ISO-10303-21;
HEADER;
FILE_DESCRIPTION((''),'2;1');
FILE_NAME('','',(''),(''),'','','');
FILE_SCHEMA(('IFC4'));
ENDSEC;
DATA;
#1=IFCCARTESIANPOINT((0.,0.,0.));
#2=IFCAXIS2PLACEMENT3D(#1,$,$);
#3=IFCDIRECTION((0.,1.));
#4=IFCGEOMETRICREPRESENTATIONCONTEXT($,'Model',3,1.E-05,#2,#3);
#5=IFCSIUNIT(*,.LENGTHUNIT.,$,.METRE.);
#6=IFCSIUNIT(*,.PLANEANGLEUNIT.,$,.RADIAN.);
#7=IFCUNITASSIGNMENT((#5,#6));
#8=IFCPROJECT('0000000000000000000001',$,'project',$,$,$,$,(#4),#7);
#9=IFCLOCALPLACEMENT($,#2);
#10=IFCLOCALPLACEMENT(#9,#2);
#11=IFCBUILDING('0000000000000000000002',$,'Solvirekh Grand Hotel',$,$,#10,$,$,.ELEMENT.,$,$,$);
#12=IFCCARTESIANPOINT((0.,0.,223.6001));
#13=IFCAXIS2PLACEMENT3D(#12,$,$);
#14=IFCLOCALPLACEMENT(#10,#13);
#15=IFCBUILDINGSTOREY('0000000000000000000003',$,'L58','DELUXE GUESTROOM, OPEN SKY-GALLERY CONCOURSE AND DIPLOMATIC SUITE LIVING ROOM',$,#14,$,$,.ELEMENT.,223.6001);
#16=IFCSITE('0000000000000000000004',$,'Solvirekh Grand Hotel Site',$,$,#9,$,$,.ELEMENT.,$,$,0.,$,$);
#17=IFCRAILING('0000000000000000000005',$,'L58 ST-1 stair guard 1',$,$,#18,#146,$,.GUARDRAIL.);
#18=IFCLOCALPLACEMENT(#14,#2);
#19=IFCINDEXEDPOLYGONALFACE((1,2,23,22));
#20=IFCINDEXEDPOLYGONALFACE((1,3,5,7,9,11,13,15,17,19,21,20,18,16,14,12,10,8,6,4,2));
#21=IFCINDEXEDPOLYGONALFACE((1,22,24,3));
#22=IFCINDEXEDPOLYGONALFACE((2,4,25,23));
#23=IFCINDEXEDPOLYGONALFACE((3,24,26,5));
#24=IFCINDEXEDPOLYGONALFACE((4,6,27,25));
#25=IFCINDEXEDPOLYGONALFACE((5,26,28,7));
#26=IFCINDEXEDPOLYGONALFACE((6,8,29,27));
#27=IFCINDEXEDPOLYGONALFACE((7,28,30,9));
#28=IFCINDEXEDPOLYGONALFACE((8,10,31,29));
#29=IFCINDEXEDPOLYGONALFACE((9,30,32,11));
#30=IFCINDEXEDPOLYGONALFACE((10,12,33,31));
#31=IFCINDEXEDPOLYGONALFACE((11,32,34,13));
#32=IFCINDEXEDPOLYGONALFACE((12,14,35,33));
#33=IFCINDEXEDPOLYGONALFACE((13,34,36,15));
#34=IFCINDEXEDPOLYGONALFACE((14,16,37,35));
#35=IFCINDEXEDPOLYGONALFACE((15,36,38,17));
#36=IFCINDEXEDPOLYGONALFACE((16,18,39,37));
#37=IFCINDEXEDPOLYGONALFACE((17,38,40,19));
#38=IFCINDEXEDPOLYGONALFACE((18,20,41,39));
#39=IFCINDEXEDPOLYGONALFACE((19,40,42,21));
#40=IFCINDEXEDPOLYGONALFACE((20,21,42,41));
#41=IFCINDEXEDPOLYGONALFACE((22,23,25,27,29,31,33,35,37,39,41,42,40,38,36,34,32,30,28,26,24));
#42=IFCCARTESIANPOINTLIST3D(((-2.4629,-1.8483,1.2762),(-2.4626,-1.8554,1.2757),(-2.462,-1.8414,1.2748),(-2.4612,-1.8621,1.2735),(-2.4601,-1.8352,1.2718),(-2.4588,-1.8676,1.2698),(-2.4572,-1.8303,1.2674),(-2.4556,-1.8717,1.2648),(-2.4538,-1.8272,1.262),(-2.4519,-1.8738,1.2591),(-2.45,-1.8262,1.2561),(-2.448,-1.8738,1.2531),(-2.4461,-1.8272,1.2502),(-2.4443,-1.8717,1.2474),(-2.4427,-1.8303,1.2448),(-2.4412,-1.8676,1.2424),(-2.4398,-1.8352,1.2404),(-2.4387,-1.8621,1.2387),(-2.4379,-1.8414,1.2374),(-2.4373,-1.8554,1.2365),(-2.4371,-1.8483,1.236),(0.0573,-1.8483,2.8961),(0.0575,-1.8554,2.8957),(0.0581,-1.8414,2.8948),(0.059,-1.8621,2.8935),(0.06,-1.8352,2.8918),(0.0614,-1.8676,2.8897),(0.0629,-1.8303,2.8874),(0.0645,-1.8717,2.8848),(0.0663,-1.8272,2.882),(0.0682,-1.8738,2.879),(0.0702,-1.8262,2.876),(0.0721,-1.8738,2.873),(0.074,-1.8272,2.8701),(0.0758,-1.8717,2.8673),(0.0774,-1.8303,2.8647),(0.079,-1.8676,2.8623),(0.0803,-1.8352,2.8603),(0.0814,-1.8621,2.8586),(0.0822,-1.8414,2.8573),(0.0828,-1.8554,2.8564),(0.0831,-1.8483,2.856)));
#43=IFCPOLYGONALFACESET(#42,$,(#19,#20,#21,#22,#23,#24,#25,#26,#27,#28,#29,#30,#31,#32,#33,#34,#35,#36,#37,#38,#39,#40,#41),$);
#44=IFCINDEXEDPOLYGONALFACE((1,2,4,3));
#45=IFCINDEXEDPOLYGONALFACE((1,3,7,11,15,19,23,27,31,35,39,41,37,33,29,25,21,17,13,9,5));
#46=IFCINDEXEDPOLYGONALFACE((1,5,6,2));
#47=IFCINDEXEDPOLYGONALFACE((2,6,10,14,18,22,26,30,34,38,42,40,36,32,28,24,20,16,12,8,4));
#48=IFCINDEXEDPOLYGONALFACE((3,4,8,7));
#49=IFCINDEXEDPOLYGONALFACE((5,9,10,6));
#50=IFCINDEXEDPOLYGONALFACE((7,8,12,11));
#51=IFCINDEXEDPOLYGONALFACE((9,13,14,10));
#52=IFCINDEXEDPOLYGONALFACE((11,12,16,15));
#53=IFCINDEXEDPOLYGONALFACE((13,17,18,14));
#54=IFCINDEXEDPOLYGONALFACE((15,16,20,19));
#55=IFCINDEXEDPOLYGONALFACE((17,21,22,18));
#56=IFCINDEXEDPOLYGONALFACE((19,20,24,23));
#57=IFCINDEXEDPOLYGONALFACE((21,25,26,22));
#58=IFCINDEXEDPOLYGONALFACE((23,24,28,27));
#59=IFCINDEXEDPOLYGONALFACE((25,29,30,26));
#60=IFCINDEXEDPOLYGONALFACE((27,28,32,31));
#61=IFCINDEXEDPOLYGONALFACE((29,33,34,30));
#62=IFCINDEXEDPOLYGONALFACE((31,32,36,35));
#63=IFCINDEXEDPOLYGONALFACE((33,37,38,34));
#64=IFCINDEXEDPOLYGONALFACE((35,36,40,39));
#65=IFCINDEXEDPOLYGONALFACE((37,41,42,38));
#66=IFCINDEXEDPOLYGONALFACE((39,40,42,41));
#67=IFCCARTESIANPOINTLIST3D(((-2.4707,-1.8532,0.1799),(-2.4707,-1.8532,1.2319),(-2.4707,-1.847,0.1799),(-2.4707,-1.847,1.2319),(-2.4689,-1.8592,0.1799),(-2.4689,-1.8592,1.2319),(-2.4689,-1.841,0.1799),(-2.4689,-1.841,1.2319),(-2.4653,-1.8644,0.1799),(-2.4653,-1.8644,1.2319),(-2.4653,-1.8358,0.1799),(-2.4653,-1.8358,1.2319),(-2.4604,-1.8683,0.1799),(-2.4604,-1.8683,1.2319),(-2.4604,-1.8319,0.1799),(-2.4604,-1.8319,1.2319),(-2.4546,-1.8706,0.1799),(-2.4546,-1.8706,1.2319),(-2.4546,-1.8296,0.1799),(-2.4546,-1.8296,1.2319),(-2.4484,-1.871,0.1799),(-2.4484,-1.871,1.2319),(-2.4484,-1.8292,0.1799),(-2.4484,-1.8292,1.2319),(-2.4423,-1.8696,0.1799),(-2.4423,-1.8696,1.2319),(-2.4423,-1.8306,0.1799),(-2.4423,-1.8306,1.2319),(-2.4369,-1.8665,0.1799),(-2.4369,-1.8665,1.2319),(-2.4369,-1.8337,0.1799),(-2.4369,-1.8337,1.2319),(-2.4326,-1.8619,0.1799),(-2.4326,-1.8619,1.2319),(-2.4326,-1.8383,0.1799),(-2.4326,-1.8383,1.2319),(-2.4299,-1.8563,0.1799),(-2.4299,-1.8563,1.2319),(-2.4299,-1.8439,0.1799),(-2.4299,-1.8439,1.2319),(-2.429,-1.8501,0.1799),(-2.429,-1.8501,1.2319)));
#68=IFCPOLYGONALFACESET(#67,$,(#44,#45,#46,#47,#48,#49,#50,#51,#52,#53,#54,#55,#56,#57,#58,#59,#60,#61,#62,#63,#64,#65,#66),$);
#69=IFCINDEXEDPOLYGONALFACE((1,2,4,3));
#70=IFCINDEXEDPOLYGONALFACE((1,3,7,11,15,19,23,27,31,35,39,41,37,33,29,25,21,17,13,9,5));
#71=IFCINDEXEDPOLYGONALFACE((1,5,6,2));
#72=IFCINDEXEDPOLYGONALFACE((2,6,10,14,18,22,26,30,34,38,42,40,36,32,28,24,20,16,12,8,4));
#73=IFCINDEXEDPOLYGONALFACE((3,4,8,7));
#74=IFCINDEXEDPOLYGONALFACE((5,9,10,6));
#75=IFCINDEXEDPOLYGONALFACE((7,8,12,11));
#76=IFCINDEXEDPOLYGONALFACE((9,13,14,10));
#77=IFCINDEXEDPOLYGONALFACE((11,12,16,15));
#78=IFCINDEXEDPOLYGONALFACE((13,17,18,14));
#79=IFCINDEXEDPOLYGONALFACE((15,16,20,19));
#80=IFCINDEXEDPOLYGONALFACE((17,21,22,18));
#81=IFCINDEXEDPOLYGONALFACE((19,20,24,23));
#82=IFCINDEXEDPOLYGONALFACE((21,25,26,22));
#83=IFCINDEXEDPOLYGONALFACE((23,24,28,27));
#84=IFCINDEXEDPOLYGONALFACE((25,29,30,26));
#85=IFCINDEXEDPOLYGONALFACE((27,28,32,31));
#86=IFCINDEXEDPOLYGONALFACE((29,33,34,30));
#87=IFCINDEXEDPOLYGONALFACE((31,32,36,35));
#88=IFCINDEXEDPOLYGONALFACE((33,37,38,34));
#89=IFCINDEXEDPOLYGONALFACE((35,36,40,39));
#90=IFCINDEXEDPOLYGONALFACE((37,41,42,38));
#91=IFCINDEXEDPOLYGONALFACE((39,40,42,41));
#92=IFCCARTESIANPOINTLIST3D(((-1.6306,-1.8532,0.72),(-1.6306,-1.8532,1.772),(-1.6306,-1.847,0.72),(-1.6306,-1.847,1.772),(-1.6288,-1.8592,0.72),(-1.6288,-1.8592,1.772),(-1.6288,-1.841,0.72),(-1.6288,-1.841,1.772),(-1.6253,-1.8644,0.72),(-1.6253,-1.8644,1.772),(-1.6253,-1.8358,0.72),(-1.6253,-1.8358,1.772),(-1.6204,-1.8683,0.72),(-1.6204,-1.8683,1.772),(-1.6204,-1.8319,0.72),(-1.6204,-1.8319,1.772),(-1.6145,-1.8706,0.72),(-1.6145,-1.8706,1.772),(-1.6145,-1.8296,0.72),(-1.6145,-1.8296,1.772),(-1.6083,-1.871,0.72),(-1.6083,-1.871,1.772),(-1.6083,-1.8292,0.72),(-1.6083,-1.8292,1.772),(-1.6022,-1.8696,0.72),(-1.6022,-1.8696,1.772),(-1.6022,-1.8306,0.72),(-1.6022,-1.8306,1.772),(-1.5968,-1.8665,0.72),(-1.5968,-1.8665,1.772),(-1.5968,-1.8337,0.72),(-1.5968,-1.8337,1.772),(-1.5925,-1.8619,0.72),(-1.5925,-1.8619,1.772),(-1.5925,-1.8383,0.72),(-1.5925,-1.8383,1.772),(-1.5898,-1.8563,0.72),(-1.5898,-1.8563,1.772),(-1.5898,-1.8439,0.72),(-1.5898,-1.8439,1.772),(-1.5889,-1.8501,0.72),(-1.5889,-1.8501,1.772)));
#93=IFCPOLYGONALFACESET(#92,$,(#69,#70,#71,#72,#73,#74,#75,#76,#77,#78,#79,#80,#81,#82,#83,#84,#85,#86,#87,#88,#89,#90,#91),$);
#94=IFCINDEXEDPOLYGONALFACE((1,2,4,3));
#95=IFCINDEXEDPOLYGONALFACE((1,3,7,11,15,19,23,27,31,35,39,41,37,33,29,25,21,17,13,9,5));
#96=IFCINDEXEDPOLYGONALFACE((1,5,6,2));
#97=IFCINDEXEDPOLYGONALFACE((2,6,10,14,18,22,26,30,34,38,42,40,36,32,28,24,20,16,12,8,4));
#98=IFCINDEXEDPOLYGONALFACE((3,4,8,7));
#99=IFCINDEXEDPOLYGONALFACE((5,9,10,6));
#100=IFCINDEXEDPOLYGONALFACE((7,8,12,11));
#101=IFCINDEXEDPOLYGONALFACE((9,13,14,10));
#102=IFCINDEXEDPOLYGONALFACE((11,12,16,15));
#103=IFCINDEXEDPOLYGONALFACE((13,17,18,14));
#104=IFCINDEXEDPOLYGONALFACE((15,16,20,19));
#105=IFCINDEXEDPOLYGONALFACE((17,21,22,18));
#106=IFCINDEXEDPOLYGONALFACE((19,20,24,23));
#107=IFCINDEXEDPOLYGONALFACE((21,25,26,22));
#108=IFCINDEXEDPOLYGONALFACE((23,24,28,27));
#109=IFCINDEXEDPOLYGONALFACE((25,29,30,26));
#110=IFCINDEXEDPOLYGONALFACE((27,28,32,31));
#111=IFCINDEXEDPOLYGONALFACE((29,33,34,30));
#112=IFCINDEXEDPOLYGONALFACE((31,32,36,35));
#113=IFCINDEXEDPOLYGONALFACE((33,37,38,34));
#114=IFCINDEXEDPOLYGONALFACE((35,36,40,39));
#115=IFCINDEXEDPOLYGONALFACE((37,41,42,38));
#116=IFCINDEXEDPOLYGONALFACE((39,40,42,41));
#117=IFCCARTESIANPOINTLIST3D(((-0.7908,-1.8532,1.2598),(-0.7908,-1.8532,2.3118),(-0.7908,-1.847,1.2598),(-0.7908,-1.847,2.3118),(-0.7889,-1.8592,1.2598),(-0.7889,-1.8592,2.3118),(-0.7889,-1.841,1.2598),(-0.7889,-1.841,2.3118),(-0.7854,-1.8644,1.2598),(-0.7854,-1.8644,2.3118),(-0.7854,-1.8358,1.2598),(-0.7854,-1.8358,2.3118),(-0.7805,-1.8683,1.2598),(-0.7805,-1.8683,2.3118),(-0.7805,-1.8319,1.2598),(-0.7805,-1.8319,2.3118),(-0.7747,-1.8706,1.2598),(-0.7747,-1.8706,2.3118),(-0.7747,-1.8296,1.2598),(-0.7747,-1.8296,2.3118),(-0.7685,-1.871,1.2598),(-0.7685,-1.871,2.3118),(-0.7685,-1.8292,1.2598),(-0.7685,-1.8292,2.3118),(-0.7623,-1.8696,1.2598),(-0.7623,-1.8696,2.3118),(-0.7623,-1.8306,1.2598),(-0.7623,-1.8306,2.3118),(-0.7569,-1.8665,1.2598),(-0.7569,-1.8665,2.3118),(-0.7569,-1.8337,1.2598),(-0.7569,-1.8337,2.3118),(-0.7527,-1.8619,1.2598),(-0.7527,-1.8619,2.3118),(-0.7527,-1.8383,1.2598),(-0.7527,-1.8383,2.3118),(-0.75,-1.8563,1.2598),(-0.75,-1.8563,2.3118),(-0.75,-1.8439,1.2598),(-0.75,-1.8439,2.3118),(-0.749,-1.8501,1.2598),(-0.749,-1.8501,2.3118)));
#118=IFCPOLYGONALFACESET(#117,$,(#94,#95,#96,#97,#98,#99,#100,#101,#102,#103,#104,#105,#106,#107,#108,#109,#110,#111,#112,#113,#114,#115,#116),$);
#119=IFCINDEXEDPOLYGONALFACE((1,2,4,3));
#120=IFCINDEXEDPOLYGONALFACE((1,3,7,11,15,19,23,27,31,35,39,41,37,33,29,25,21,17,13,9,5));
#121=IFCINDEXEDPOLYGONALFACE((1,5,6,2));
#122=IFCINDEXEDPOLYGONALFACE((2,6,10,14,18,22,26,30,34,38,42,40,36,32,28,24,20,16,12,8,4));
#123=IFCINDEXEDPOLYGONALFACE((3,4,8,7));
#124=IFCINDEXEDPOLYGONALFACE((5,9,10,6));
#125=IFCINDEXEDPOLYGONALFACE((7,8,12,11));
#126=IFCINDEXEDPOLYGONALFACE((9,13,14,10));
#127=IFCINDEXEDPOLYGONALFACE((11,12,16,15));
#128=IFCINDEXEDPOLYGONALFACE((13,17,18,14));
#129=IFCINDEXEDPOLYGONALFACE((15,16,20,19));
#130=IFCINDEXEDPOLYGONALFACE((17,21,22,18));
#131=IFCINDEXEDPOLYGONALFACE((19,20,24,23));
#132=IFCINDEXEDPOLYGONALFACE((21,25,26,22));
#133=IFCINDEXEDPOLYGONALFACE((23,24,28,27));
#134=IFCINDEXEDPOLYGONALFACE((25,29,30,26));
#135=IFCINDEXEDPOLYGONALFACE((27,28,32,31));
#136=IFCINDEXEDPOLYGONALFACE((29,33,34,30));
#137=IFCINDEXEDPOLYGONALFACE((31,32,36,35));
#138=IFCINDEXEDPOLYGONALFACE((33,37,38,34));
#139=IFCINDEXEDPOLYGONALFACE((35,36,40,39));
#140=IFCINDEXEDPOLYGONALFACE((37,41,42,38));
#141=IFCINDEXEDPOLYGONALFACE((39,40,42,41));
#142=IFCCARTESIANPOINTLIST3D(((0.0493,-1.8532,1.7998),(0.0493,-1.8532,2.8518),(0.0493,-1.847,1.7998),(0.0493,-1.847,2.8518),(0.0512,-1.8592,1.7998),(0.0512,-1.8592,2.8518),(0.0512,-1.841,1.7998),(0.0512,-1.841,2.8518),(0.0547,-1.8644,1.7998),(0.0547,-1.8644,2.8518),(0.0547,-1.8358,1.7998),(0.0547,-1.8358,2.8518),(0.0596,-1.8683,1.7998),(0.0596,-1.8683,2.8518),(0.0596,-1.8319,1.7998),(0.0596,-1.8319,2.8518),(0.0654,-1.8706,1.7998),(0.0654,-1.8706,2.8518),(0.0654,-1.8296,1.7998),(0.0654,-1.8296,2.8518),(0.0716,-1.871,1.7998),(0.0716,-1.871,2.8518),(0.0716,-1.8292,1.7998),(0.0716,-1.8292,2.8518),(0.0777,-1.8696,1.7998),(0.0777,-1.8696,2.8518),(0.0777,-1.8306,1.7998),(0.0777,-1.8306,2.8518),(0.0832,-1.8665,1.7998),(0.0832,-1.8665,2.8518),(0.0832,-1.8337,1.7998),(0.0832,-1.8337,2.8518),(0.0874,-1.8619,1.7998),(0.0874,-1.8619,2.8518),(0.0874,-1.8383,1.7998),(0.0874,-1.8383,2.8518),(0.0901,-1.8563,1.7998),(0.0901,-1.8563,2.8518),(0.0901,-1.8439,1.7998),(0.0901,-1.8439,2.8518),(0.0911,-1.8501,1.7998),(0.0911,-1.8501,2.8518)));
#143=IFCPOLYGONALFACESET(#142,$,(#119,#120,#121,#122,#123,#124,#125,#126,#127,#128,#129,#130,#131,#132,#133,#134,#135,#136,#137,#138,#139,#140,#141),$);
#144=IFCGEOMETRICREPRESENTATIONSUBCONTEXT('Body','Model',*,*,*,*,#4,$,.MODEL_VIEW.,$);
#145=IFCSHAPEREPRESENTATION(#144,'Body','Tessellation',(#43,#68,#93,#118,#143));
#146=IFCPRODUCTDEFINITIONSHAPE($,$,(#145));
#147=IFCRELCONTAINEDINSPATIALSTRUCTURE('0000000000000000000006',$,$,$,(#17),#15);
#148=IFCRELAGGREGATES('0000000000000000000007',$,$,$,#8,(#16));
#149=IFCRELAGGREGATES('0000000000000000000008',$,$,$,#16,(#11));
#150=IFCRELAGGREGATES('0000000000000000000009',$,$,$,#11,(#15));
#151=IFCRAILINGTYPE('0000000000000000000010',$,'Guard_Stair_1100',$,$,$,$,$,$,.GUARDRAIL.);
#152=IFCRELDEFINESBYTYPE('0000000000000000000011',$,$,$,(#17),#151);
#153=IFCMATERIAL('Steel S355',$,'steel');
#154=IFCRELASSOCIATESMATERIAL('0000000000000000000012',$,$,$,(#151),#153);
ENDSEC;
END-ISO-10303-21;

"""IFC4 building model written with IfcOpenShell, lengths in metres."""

from ifc_helpers import new_model, si_unit, direction, frame, origin, origin_2d, place, context, subcontext, project, spatial, circle, extrude, material, type_object, element, save


model = new_model("IFC4")

# Units and contexts
model_context = context("Model", 3, precision=1e-05, world=origin(), true_north=direction((0.0, 1.0)))
body_context = subcontext(model_context, "Body", "Model", "MODEL_VIEW")
ifc_project = project(units=[si_unit("LENGTHUNIT", "METRE"), si_unit("PLANEANGLEUNIT", "RADIAN")], contexts=[model_context])

# Site, building, storey
site_placement = place(None, origin())
site = spatial("IfcSite", under=ifc_project, at=site_placement, Name="Solvirekh Grand Hotel Site", CompositionType="ELEMENT", RefElevation=0.0)
building_placement = place(site_placement, origin())
building = spatial("IfcBuilding", under=site, at=building_placement, Name="Solvirekh Grand Hotel", CompositionType="ELEMENT")
storey_placement = place(building_placement, frame((0.0, 0.0, 223.6001)))
storey = spatial("IfcBuildingStorey", under=building, at=storey_placement, Name="L58", Description="DELUXE GUESTROOM, OPEN SKY-GALLERY CONCOURSE AND DIPLOMATIC SUITE LIVING ROOM", CompositionType="ELEMENT", Elevation=223.6001)

# Shared definitions
ifc_material_1 = material(Name="Steel S355", Category="steel")

# Railing
railing_type_1 = type_object("IfcRailingType", Name="Guard_Stair_1100", PredefinedType="GUARDRAIL", material=ifc_material_1)
railing_1_placement = place(storey_placement, frame((-2.45, -1.8501, 0.1799)))
element("IfcRailing", 1, at=railing_1_placement, inside=storey, type_object=railing_type_1, Name="L58 ST-1 stair guard 1", PredefinedType="GUARDRAIL", context=body_context, shape_type="SweptSolid", body=[
    extrude(circle(Radius=0.0239, at=origin_2d()), frame((0.0, 0.0, 1.0762), z_axis=(0.8412, 0.0, 0.540725), x_axis=(0.0, 1.0, 0.0)), (0.0, 0.0, 1.0), 2.9958),
    extrude(circle(Radius=0.021, at=origin_2d()), origin(), (0.0, 0.0, 1.0), 1.052),
    extrude(circle(Radius=0.021, at=origin_2d()), frame((0.8401, 0.0, 0.54)), (0.0, 0.0, 1.0), 1.052),
    extrude(circle(Radius=0.021, at=origin_2d()), frame((1.6799, 0.0, 1.0798)), (0.0, 0.0, 1.0), 1.052),
    extrude(circle(Radius=0.021, at=origin_2d()), frame((2.52, 0.0, 1.6199)), (0.0, 0.0, 1.0), 1.052),
])

save(model, "model.ifc")
